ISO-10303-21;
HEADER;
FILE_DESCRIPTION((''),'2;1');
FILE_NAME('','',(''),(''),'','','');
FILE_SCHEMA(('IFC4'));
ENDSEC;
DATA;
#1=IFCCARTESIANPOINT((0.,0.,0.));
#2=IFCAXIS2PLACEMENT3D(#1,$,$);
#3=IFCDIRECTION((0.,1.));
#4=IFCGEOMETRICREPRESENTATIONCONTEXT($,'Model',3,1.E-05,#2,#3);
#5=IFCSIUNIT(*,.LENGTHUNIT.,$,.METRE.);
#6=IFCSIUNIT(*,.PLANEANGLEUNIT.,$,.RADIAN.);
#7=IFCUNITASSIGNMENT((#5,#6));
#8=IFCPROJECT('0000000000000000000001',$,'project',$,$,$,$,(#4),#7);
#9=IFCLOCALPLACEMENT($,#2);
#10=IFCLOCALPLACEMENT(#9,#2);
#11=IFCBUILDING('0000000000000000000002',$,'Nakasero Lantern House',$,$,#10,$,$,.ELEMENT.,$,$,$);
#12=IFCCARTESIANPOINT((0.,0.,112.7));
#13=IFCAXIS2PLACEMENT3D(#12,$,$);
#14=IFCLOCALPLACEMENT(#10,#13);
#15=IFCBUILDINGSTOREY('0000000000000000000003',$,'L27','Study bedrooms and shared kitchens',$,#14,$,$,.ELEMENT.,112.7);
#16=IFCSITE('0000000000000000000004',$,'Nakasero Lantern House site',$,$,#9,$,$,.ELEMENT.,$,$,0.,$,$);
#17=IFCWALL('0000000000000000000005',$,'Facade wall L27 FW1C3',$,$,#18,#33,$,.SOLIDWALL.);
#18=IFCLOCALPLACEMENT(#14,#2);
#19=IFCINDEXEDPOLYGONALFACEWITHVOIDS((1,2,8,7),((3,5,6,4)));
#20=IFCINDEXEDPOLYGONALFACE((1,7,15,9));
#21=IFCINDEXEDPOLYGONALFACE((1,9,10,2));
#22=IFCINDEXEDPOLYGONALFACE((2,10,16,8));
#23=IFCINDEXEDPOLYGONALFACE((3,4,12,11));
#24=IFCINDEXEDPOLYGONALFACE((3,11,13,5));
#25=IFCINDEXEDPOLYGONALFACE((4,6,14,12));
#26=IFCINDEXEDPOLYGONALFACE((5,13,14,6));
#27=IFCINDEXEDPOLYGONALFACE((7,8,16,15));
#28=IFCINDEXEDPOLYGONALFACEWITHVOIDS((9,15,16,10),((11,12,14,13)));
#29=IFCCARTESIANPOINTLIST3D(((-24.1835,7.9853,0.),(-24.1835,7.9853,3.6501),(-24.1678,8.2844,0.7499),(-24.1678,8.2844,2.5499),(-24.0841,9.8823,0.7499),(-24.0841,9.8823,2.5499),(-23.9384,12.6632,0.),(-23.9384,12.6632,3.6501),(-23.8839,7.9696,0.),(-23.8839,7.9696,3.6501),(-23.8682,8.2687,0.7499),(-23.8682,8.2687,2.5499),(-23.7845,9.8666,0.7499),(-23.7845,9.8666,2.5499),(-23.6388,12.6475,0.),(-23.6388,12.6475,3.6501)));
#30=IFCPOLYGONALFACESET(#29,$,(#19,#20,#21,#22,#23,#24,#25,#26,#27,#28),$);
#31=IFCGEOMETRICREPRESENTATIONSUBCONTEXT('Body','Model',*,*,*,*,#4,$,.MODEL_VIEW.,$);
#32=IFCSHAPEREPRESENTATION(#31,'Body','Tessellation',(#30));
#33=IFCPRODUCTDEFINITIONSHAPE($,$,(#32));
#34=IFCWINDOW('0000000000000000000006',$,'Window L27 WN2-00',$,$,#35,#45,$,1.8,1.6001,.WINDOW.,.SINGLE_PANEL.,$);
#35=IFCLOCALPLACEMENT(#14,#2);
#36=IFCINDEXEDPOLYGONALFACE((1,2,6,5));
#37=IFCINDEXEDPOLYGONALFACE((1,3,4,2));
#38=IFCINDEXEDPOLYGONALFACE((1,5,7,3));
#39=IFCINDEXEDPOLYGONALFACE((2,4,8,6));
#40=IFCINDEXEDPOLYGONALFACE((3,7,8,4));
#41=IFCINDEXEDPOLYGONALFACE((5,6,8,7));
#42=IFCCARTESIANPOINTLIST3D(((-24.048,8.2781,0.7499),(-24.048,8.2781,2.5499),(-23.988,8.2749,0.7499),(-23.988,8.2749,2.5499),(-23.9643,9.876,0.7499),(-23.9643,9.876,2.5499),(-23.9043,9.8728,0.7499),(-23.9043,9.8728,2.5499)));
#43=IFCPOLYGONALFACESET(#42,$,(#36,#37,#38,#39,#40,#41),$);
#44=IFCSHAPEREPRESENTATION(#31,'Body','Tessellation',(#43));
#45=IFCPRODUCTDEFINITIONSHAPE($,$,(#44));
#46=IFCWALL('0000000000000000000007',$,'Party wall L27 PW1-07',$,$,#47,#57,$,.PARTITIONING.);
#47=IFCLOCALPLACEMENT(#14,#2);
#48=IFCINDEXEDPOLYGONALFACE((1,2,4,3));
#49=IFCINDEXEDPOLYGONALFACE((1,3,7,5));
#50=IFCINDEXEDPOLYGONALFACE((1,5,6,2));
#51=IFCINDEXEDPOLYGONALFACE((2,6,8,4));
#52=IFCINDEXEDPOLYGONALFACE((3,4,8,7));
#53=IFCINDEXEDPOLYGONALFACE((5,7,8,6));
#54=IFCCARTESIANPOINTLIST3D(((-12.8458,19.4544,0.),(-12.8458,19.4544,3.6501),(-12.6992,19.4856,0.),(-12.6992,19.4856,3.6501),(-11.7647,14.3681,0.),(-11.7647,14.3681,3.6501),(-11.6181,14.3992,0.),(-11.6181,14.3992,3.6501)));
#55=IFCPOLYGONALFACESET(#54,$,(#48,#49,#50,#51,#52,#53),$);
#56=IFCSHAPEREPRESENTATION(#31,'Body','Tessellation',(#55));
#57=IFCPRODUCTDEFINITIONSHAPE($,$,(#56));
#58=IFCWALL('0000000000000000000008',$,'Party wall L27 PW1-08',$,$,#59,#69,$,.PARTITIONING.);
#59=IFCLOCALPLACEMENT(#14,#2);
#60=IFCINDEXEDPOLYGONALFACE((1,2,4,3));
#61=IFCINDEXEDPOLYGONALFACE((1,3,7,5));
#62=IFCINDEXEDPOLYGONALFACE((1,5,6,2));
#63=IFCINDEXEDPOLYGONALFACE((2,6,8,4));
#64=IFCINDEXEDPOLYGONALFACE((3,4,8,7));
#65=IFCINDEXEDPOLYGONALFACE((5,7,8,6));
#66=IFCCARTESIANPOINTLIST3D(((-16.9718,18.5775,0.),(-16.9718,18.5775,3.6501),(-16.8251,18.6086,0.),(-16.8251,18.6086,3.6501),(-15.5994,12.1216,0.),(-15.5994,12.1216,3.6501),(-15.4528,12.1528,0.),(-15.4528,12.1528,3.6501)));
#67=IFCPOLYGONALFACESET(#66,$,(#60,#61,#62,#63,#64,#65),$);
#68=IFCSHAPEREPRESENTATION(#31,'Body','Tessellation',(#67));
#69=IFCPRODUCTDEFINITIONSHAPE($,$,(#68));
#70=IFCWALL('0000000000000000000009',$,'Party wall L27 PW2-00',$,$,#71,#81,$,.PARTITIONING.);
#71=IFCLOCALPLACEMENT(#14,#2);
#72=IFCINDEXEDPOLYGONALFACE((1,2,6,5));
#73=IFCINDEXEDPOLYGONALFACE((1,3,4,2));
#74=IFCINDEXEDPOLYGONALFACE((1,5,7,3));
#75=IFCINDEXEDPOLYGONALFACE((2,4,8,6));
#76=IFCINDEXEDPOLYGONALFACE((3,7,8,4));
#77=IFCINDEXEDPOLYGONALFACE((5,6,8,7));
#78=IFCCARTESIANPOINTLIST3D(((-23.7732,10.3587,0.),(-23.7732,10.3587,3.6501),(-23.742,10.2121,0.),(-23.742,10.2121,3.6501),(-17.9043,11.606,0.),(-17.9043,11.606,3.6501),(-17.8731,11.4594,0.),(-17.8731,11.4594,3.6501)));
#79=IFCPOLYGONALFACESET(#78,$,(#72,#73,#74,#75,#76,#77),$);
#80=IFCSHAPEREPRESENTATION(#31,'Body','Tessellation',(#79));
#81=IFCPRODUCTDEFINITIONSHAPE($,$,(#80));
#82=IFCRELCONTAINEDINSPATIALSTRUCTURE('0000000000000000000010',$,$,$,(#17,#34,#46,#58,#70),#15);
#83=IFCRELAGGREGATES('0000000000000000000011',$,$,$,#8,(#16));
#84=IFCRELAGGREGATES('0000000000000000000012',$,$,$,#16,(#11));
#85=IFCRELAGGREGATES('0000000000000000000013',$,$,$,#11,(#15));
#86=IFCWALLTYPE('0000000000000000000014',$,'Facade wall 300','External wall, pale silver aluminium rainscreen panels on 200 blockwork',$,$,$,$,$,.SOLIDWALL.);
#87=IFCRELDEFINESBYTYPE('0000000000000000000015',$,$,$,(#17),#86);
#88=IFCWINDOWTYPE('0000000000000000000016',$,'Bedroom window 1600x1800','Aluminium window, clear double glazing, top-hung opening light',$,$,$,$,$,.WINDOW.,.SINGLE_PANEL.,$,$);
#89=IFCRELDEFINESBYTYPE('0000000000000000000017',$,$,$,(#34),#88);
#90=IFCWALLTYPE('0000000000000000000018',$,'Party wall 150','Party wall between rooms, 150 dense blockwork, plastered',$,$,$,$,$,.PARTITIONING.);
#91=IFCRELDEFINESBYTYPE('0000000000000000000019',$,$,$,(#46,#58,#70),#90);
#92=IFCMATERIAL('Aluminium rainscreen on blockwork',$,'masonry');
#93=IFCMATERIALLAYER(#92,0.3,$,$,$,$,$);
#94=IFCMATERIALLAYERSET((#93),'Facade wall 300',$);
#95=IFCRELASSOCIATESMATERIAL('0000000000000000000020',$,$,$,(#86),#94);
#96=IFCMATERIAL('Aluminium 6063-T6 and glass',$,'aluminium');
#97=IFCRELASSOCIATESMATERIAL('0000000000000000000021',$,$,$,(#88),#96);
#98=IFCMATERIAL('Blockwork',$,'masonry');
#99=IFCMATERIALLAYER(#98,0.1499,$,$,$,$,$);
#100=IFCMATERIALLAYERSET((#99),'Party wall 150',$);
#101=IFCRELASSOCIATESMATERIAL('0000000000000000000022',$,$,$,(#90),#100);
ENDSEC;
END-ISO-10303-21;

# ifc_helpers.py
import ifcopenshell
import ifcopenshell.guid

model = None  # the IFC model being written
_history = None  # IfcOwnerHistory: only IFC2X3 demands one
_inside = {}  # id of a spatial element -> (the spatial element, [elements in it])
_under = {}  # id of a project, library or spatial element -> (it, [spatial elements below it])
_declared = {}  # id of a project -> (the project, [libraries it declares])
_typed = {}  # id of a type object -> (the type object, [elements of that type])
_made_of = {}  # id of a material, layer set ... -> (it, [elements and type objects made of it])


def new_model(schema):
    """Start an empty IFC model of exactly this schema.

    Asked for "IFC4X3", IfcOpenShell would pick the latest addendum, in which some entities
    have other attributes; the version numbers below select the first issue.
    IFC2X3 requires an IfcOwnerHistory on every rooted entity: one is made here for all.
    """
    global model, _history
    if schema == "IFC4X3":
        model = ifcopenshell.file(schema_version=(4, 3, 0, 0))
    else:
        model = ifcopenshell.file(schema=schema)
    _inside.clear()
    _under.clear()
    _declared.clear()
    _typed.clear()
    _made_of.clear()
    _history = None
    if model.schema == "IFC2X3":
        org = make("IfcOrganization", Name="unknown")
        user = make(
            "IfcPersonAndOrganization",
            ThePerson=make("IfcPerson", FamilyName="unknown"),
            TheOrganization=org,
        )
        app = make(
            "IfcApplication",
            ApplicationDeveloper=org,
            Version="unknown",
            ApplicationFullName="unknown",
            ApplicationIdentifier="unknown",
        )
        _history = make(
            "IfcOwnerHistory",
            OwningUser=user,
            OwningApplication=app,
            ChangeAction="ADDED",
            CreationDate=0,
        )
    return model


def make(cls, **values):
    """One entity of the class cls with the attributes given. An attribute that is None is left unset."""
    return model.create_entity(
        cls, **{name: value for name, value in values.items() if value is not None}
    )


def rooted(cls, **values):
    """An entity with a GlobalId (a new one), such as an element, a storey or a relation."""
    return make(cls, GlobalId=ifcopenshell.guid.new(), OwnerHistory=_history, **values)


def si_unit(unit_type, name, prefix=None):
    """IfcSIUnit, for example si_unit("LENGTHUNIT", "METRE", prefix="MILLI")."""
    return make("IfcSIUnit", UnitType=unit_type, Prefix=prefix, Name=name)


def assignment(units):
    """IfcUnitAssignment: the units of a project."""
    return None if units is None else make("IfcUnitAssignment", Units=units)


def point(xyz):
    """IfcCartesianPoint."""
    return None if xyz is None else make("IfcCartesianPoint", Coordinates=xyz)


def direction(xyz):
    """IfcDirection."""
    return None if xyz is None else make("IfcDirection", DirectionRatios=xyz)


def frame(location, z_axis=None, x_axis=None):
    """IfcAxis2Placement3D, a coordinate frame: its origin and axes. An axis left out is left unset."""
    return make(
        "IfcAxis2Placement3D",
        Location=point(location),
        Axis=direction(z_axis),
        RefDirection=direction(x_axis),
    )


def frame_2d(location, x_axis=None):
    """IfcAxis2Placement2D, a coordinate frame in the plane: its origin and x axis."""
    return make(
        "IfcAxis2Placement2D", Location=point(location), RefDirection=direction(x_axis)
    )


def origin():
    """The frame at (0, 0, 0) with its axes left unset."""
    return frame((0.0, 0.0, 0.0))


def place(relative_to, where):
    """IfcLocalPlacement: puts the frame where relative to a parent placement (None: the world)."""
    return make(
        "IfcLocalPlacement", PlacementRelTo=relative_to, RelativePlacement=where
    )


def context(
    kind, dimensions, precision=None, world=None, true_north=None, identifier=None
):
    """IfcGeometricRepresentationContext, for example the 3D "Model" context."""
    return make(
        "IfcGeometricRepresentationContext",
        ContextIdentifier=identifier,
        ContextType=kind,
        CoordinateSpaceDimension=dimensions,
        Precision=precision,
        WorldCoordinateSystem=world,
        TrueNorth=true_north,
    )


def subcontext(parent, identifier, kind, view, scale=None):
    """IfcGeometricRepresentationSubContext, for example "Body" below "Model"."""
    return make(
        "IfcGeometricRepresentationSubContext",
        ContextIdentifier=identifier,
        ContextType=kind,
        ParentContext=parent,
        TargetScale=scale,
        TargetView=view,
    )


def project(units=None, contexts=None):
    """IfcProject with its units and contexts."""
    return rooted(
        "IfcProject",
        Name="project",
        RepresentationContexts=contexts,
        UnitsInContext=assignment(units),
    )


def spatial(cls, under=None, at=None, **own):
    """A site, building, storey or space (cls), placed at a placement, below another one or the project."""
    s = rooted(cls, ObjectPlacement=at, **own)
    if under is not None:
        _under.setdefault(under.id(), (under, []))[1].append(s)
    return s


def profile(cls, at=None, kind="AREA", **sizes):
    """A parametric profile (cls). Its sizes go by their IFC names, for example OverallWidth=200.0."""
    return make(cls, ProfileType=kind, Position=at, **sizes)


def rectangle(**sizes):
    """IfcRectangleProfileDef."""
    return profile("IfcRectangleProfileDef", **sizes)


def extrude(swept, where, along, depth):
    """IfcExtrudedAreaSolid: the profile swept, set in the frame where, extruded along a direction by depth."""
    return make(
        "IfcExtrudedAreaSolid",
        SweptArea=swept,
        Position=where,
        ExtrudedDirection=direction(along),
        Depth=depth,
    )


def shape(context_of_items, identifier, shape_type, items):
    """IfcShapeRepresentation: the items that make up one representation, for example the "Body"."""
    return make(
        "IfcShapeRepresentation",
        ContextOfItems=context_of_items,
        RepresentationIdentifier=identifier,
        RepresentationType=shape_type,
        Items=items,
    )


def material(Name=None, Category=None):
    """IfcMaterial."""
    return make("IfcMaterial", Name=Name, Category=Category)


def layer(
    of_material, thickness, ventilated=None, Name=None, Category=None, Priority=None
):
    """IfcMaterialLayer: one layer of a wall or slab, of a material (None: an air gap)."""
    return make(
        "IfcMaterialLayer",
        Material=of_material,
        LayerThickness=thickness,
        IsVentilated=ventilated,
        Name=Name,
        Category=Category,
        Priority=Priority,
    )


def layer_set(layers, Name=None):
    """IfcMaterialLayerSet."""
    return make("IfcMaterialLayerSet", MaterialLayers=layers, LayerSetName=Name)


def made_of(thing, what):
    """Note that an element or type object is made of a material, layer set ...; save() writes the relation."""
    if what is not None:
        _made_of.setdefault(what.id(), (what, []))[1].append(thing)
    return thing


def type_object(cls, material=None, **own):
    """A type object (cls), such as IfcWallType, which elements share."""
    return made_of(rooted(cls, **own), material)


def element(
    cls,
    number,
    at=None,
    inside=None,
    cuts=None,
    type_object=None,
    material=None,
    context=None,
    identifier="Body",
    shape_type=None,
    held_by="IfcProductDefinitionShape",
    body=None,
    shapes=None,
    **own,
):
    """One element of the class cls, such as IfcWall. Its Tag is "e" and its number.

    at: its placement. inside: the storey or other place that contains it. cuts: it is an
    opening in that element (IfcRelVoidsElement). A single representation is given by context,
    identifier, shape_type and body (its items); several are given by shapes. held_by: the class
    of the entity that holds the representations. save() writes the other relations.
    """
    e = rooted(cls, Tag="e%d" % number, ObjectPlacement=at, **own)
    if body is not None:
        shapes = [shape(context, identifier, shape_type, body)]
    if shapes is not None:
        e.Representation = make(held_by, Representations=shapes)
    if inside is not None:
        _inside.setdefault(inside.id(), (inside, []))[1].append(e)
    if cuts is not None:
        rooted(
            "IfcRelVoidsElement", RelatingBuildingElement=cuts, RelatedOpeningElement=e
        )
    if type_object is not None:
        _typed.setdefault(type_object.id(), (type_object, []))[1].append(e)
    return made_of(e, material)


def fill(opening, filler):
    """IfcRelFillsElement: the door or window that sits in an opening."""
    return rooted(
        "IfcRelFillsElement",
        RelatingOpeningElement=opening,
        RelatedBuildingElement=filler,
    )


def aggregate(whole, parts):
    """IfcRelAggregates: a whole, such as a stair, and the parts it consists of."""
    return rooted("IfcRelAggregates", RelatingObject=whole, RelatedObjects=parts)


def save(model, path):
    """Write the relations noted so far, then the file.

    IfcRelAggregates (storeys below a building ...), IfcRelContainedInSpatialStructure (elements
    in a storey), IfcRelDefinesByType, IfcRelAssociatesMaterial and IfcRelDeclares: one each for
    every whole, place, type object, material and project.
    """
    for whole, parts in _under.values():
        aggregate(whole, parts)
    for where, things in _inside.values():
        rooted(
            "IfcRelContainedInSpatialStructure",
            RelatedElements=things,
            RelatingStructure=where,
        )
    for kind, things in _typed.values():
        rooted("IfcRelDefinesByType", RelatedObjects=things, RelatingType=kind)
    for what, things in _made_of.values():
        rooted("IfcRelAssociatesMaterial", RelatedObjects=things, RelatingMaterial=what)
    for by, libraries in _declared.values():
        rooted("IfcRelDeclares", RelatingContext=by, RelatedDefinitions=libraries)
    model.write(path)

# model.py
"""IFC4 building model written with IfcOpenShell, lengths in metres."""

from ifc_helpers import new_model, si_unit, direction, frame, frame_2d, origin, place, context, subcontext, project, spatial, rectangle, extrude, material, layer, layer_set, type_object, element, fill, save


model = new_model("IFC4")

# Units and contexts
model_context = context("Model", 3, precision=1e-05, world=origin(), true_north=direction((0.0, 1.0)))
body_context = subcontext(model_context, "Body", "Model", "MODEL_VIEW")
ifc_project = project(units=[si_unit("LENGTHUNIT", "METRE"), si_unit("PLANEANGLEUNIT", "RADIAN")], contexts=[model_context])

# Site, building, storey
site_placement = place(None, origin())
site = spatial("IfcSite", under=ifc_project, at=site_placement, Name="Nakasero Lantern House site", CompositionType="ELEMENT", RefElevation=0.0)
building_placement = place(site_placement, origin())
building = spatial("IfcBuilding", under=site, at=building_placement, Name="Nakasero Lantern House", CompositionType="ELEMENT")
storey_placement = place(building_placement, frame((0.0, 0.0, 112.7)))
storey = spatial("IfcBuildingStorey", under=building, at=storey_placement, Name="L27", Description="Study bedrooms and shared kitchens", CompositionType="ELEMENT", Elevation=112.7)

# Shared definitions
ifc_material_1 = material(Name="Aluminium rainscreen on blockwork", Category="masonry")
ifc_layer_1 = layer(ifc_material_1, 0.3)
ifc_layer_set_1 = layer_set([ifc_layer_1], Name="Facade wall 300")
wall_type_1 = type_object("IfcWallType", Name="Facade wall 300", Description="External wall, pale silver aluminium rainscreen panels on 200 blockwork", PredefinedType="SOLIDWALL", material=ifc_layer_set_1)

# Wall, opening, window
wall_1_placement = place(storey_placement, frame((-23.7886, 12.6555, 0.0), z_axis=(0.0, 0.0, 1.0), x_axis=(-0.052326, -0.99863, 0.0)))
wall_1 = element("IfcWall", 1, at=wall_1_placement, inside=storey, type_object=wall_type_1, Name="Facade wall L27 FW1C3", PredefinedType="SOLIDWALL", context=body_context, shape_type="SweptSolid", body=[
    extrude(rectangle(XDim=4.6843, YDim=0.3, at=frame_2d((2.3423, 0.0))), origin(), (0.0, 0.0, 1.0), 3.6501),
])
opening_1_placement = place(wall_1_placement, frame((2.7849, 0.0, 0.75)))
opening_1 = element("IfcOpeningElement", 2, at=opening_1_placement, cuts=wall_1, PredefinedType="OPENING", context=body_context, shape_type="SweptSolid", body=[
    extrude(rectangle(XDim=1.6001, YDim=1.8, at=frame_2d((0.8, 0.8999))), frame((0.0, 0.1699, 0.0), z_axis=(0.0, -1.0, 0.0), x_axis=(1.0, 0.0, 0.0)), (0.0, 0.0, 1.0), 0.3401),
])
ifc_material_2 = material(Name="Aluminium 6063-T6 and glass", Category="aluminium")
window_type_1 = type_object("IfcWindowType", Name="Bedroom window 1600x1800", Description="Aluminium window, clear double glazing, top-hung opening light", PartitioningType="SINGLE_PANEL", PredefinedType="WINDOW", material=ifc_material_2)
window_1_placement = place(opening_1_placement, origin())
window_1 = element("IfcWindow", 3, at=window_1_placement, inside=storey, type_object=window_type_1, Name="Window L27 WN2-00", OverallHeight=1.8, OverallWidth=1.6001, PartitioningType="SINGLE_PANEL", PredefinedType="WINDOW", context=body_context, shape_type="SweptSolid", body=[
    extrude(rectangle(XDim=1.6001, YDim=1.8, at=frame_2d((0.8, 0.8999))), frame((0.0, 0.03, 0.0), z_axis=(0.0, -1.0, 0.0), x_axis=(1.0, 0.0, 0.0)), (0.0, 0.0, 1.0), 0.0601),
])
fill(opening_1, window_1)

# Walls
ifc_material_3 = material(Name="Blockwork", Category="masonry")
ifc_layer_2 = layer(ifc_material_3, 0.1499)
ifc_layer_set_2 = layer_set([ifc_layer_2], Name="Party wall 150")
wall_type_2 = type_object("IfcWallType", Name="Party wall 150", Description="Party wall between rooms, 150 dense blockwork, plastered", PredefinedType="PARTITIONING", material=ifc_layer_set_2)
wall_2_placement = place(storey_placement, frame((-11.6914, 14.3835, 0.0), z_axis=(0.0, 0.0, 1.0), x_axis=(-0.207894, 0.978151, 0.0)))
element("IfcWall", 4, at=wall_2_placement, inside=storey, type_object=wall_type_2, Name="Party wall L27 PW1-07", PredefinedType="PARTITIONING", context=body_context, shape_type="SweptSolid", body=[
    extrude(rectangle(XDim=5.2, YDim=0.1499, at=frame_2d((2.6001, 0.0))), origin(), (0.0, 0.0, 1.0), 3.6501),
])
wall_3_placement = place(storey_placement, frame((-15.5261, 12.1372, 0.0), z_axis=(0.0, 0.0, 1.0), x_axis=(-0.207925, 0.978145, 0.0)))
element("IfcWall", 5, at=wall_3_placement, inside=storey, type_object=wall_type_2, Name="Party wall L27 PW1-08", PredefinedType="PARTITIONING", context=body_context, shape_type="SweptSolid", body=[
    extrude(rectangle(XDim=6.6001, YDim=0.1499, at=frame_2d((3.3, 0.0))), origin(), (0.0, 0.0, 1.0), 3.6501),
])
wall_4_placement = place(storey_placement, frame((-17.8887, 11.5327, 0.0), z_axis=(0.0, 0.0, 1.0), x_axis=(-0.978153, -0.207886, 0.0)))
element("IfcWall", 6, at=wall_4_placement, inside=storey, type_object=wall_type_2, Name="Party wall L27 PW2-00", PredefinedType="PARTITIONING", context=body_context, shape_type="SweptSolid", body=[
    extrude(rectangle(XDim=6.0, YDim=0.1499, at=frame_2d((3.0, 0.0))), origin(), (0.0, 0.0, 1.0), 3.6501),
])

save(model, "model.ifc")
